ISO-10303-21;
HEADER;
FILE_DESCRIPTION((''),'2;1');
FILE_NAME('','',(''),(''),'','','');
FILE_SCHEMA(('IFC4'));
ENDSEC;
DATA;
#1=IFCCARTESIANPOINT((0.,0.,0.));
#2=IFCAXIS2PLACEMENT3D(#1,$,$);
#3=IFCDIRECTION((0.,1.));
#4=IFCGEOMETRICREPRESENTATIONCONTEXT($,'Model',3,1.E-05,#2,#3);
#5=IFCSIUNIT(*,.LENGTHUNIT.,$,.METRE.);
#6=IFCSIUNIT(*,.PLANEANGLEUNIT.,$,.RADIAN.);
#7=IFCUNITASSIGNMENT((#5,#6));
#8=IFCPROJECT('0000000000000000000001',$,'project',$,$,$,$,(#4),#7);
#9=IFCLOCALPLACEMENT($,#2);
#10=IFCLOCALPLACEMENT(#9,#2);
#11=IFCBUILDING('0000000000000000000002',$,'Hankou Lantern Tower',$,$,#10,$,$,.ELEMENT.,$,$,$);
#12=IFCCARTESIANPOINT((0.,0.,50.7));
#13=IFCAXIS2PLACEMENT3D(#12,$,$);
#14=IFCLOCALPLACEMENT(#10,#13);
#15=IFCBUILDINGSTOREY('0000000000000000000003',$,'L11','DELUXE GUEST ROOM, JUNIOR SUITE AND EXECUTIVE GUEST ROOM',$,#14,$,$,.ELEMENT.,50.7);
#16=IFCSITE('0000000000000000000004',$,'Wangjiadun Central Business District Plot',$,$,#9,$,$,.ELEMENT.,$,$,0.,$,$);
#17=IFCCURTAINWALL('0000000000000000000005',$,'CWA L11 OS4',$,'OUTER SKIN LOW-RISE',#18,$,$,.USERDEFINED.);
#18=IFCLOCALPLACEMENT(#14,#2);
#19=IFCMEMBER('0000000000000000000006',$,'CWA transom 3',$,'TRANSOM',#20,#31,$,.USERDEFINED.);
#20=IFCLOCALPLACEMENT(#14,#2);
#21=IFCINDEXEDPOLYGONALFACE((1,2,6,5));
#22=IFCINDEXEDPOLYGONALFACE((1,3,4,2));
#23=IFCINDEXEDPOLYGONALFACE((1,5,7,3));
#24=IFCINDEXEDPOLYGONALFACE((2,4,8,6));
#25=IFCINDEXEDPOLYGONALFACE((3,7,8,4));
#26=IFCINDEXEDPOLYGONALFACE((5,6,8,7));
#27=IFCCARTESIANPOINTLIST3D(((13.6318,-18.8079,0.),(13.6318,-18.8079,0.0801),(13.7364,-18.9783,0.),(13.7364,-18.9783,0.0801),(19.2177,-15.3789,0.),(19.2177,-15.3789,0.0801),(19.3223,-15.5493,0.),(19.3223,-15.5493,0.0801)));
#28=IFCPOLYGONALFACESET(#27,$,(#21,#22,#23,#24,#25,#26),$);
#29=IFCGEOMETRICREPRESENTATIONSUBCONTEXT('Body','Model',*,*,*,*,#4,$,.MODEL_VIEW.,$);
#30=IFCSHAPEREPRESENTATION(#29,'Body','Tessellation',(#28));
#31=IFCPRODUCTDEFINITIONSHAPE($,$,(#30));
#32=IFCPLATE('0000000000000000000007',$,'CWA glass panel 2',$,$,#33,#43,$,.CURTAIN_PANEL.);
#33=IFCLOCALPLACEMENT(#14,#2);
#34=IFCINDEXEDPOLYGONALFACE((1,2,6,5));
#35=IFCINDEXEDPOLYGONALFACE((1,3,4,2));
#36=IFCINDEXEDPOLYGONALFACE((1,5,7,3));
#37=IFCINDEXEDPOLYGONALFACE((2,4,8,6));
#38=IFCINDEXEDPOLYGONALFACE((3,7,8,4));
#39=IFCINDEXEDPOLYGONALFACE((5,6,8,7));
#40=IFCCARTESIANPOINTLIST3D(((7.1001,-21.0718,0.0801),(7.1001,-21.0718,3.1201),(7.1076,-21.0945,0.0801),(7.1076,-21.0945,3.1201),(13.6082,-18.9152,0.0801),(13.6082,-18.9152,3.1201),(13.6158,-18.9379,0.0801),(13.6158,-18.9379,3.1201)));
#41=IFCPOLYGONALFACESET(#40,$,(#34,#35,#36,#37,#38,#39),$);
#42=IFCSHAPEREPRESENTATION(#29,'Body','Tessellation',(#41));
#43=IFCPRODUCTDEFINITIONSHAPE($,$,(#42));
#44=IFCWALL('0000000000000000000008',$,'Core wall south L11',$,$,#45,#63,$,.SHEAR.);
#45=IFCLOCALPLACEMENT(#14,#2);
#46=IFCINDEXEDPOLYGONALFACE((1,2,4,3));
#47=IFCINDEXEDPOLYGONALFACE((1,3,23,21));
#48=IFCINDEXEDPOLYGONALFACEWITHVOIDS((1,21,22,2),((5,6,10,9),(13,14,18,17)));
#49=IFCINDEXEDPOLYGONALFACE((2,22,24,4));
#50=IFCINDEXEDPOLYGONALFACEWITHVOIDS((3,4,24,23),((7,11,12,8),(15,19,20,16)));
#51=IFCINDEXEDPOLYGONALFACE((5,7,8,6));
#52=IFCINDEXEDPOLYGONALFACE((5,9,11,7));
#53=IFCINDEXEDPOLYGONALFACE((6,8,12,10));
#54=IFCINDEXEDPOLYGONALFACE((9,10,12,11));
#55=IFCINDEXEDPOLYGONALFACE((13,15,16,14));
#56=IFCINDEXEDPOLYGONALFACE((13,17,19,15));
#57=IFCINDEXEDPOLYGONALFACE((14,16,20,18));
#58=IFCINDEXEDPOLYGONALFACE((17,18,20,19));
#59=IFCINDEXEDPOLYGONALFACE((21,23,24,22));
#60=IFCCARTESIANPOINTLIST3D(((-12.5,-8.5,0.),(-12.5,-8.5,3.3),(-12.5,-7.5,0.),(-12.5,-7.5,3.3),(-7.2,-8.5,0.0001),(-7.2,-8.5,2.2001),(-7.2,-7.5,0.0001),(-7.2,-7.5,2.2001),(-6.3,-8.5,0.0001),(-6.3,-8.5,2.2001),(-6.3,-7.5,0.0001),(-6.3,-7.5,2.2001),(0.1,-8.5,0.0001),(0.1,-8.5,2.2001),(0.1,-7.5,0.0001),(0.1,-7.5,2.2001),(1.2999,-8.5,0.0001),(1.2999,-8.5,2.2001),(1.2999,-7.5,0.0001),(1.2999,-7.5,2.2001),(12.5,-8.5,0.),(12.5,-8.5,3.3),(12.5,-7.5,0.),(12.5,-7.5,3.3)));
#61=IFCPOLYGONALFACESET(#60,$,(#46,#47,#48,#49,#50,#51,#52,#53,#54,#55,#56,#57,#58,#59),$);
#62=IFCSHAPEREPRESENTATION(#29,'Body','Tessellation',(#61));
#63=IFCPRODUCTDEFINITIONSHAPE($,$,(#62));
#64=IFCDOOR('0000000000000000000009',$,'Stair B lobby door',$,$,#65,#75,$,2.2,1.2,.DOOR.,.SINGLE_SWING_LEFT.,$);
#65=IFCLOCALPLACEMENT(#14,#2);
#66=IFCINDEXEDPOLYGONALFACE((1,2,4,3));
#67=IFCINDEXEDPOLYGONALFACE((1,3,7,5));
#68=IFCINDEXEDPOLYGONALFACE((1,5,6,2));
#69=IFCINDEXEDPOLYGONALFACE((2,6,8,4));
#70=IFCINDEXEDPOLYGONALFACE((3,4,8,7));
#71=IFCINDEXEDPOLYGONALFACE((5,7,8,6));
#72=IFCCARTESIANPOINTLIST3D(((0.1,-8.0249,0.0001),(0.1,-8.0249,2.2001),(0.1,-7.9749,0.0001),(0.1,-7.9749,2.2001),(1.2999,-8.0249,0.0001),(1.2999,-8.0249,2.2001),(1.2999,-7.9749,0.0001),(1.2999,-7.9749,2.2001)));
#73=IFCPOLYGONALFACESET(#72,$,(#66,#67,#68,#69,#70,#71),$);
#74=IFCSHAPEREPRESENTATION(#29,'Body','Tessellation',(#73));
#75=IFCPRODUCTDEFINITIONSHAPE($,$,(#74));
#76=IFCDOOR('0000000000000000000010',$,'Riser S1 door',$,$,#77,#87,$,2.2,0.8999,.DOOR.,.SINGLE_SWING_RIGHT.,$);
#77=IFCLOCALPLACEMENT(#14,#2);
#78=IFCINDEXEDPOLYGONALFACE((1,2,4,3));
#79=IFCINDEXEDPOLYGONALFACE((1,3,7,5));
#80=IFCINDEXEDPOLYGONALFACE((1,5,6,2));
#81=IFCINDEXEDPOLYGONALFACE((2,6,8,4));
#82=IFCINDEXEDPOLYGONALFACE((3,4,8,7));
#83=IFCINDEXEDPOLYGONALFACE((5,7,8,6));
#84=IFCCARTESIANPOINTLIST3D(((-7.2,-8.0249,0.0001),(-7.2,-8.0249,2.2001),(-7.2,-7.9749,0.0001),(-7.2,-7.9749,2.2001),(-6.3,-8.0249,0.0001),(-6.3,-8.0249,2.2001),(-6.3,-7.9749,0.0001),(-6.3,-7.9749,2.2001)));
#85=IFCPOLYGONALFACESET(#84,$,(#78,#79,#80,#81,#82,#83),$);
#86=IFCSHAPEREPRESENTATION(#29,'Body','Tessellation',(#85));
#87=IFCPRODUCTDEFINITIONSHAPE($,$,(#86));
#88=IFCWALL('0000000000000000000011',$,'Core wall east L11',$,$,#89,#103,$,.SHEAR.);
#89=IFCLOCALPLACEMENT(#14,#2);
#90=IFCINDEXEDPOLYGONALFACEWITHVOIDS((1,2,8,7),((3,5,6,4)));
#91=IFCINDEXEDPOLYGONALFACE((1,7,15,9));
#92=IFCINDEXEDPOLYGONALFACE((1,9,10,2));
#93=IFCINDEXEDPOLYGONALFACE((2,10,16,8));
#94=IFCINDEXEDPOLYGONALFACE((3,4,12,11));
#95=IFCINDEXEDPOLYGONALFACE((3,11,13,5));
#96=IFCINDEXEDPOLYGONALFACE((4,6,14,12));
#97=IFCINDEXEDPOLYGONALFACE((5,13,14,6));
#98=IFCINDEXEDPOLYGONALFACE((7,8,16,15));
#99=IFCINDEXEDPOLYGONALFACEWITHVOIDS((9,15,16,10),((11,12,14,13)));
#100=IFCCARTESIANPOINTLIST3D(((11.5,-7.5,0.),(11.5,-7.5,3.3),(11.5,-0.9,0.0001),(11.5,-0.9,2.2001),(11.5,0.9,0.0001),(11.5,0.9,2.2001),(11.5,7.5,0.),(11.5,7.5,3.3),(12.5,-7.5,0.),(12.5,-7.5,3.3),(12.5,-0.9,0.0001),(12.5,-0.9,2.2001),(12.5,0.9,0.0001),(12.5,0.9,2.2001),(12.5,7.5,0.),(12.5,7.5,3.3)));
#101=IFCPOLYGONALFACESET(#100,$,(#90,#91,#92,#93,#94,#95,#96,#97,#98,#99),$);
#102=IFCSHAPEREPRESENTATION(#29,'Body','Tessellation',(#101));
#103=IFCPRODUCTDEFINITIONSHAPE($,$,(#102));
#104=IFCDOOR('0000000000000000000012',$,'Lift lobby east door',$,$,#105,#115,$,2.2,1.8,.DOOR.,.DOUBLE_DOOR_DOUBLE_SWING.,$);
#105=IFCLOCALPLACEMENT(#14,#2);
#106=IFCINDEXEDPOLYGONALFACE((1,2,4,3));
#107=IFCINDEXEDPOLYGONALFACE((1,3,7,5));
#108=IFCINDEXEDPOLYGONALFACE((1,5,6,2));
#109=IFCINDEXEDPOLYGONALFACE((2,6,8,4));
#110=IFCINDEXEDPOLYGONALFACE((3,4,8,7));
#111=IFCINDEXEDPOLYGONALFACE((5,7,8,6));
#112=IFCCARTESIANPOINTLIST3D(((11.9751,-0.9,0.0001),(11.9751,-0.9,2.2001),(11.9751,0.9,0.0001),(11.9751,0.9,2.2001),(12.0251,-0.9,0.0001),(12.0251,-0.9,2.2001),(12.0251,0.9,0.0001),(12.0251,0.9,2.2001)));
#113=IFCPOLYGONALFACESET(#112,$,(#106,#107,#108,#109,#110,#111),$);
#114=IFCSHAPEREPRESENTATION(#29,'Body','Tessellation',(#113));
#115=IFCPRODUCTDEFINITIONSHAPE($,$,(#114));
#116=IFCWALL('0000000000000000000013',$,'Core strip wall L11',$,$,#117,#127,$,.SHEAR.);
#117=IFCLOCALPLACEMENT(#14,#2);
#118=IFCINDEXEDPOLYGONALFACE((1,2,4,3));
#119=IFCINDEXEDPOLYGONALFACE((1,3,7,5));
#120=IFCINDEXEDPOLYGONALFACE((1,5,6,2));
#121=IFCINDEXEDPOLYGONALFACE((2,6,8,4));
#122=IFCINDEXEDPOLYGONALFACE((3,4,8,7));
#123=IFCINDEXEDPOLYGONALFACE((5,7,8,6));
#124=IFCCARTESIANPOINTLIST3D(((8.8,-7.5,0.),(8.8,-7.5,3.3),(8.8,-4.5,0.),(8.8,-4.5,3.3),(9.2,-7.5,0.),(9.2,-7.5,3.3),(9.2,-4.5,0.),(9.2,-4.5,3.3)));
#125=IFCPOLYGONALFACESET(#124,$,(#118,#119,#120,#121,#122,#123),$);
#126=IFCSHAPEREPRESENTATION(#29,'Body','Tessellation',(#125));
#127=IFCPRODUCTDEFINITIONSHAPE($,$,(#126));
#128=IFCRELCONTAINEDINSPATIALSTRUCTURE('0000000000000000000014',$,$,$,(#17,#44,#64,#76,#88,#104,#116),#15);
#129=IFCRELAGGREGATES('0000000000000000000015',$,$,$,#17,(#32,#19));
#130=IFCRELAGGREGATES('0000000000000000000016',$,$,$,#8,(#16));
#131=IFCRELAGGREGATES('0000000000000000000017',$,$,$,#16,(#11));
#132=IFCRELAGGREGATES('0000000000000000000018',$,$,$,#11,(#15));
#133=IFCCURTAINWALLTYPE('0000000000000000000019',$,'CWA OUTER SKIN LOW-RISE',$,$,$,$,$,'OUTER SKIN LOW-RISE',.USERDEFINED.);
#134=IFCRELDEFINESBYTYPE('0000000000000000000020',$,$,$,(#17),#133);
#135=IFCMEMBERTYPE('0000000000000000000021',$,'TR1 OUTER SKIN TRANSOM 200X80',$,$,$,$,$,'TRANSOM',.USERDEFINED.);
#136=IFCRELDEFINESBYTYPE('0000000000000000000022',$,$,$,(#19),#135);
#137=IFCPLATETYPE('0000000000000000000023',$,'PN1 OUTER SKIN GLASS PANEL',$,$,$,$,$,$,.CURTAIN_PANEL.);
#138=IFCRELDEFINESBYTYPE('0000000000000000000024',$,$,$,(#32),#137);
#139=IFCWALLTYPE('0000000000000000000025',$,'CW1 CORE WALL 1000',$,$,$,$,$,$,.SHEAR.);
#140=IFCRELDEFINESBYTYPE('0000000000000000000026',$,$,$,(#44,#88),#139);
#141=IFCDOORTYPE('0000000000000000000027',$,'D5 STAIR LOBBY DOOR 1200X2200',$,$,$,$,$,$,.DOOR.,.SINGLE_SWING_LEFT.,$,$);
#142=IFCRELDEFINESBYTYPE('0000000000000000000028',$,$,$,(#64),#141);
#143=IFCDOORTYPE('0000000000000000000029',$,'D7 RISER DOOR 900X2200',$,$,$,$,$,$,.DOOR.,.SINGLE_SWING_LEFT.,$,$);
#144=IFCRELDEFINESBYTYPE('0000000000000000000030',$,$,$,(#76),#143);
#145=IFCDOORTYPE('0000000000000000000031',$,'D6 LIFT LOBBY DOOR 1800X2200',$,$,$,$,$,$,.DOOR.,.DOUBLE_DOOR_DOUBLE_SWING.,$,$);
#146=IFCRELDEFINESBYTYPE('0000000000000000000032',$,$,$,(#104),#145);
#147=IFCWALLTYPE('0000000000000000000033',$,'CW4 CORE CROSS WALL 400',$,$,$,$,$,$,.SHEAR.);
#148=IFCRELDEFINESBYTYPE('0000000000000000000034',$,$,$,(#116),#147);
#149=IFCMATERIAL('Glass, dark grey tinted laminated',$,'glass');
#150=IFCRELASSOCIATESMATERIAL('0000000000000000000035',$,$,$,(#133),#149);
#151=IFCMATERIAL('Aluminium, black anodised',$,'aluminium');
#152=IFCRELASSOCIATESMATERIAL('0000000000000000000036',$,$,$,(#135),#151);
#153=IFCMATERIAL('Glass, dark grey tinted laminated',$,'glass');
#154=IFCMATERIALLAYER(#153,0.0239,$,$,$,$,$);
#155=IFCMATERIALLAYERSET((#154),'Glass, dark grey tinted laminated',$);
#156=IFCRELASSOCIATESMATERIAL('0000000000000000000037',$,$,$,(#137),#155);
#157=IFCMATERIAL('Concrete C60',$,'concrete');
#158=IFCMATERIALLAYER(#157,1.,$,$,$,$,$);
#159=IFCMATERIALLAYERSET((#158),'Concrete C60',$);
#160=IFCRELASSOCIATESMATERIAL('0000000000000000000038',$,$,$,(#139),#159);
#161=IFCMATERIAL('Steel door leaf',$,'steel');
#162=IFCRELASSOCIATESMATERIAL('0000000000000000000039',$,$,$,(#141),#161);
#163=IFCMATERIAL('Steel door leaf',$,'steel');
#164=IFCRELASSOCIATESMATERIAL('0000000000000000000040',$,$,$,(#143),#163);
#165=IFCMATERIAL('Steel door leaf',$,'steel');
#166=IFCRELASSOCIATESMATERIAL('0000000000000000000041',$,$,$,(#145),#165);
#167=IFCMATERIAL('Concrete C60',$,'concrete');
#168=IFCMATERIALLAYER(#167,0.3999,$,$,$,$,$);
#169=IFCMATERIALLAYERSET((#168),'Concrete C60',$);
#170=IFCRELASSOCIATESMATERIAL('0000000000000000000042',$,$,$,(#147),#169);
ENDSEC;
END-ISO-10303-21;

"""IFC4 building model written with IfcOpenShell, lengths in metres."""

from ifc_helpers import new_model, si_unit, direction, frame, frame_2d, origin, origin_2d, place, context, subcontext, project, spatial, rectangle, extrude, material, layer, layer_set, material_profile, profile_set, type_object, element, fill, aggregate, save


model = new_model("IFC4")

# Units and contexts
model_context = context("Model", 3, precision=1e-05, world=origin(), true_north=direction((0.0, 1.0)))
body_context = subcontext(model_context, "Body", "Model", "MODEL_VIEW")
ifc_project = project(units=[si_unit("LENGTHUNIT", "METRE"), si_unit("PLANEANGLEUNIT", "RADIAN")], contexts=[model_context])

# Site, building, storey
site_placement = place(None, origin())
site = spatial("IfcSite", under=ifc_project, at=site_placement, Name="Wangjiadun Central Business District Plot", CompositionType="ELEMENT", RefElevation=0.0)
building_placement = place(site_placement, origin())
building = spatial("IfcBuilding", under=site, at=building_placement, Name="Hankou Lantern Tower", CompositionType="ELEMENT")
storey_placement = place(building_placement, frame((0.0, 0.0, 50.7)))
storey = spatial("IfcBuildingStorey", under=building, at=storey_placement, Name="L11", Description="DELUXE GUEST ROOM, JUNIOR SUITE AND EXECUTIVE GUEST ROOM", CompositionType="ELEMENT", Elevation=50.7)

# Curtain wall
ifc_material_1 = material(Name="Glass, dark grey tinted laminated", Category="glass")
curtain_wall_type = type_object("IfcCurtainWallType", Name="CWA OUTER SKIN LOW-RISE", ElementType="OUTER SKIN LOW-RISE", PredefinedType="USERDEFINED", material=ifc_material_1)
curtain_wall_placement = place(storey_placement, origin())
curtain_wall = element("IfcCurtainWall", 1, at=curtain_wall_placement, inside=storey, type_object=curtain_wall_type, Name="CWA L11 OS4", ObjectType="OUTER SKIN LOW-RISE", PredefinedType="USERDEFINED")

# Member
ifc_material_2 = material(Name="Aluminium, black anodised", Category="aluminium")
ifc_material_profile_1 = material_profile(ifc_material_2, rectangle(XDim=0.2, YDim=0.0801, at=origin_2d()), Name="TR1 200X80")
ifc_profile_set_1 = profile_set([ifc_material_profile_1], Name="Aluminium, black anodised")
member_type_1 = type_object("IfcMemberType", Name="TR1 OUTER SKIN TRANSOM 200X80", ElementType="TRANSOM", PredefinedType="USERDEFINED", material=ifc_profile_set_1)
member_1_placement = place(storey_placement, frame((13.6841, -18.8931, 0.04), z_axis=(0.85224, 0.523152, 0.0), x_axis=(-0.523152, 0.85224, 0.0)))
member_1 = element("IfcMember", 2, at=member_1_placement, type_object=member_type_1, Name="CWA transom 3", ObjectType="TRANSOM", PredefinedType="USERDEFINED", context=body_context, shape_type="SweptSolid", body=[
    extrude(rectangle(XDim=0.2, YDim=0.0801, at=origin_2d()), origin(), (0.0, 0.0, 1.0), 6.5544),
])

# Plate
ifc_material_3 = material(Name="Glass, dark grey tinted laminated", Category="glass")
ifc_layer_1 = layer(ifc_material_3, 0.0239)
ifc_layer_set_1 = layer_set([ifc_layer_1], Name="Glass, dark grey tinted laminated")
plate_type = type_object("IfcPlateType", Name="PN1 OUTER SKIN GLASS PANEL", PredefinedType="CURTAIN_PANEL", material=ifc_layer_set_1)
plate_placement = place(storey_placement, frame((10.3579, -20.0049, 0.0801), z_axis=(0.0, 0.0, 1.0), x_axis=(0.949241, 0.314551, 0.0)))
plate = element("IfcPlate", 3, at=plate_placement, type_object=plate_type, Name="CWA glass panel 2", PredefinedType="CURTAIN_PANEL", context=body_context, shape_type="SweptSolid", body=[
    extrude(rectangle(XDim=6.8562, YDim=0.0239, at=origin_2d()), origin(), (0.0, 0.0, 1.0), 3.04),
])
aggregate(curtain_wall, [plate, member_1])

# Wall, openings, doors
ifc_material_4 = material(Name="Concrete C60", Category="concrete")
ifc_layer_2 = layer(ifc_material_4, 1.0)
ifc_layer_set_2 = layer_set([ifc_layer_2], Name="Concrete C60")
wall_type_1 = type_object("IfcWallType", Name="CW1 CORE WALL 1000", PredefinedType="SHEAR", material=ifc_layer_set_2)
wall_1_placement = place(storey_placement, frame((12.5, -8.0, 0.0), z_axis=(0.0, 0.0, 1.0), x_axis=(-1.0, 0.0, 0.0)))
wall_1 = element("IfcWall", 4, at=wall_1_placement, inside=storey, type_object=wall_type_1, Name="Core wall south L11", PredefinedType="SHEAR", context=body_context, shape_type="SweptSolid", body=[
    extrude(rectangle(XDim=25.0, YDim=1.0, at=frame_2d((12.5, 0.0))), origin(), (0.0, 0.0, 1.0), 3.3),
])
opening_1_placement = place(wall_1_placement, frame((11.2, 0.0, 0.0)))
opening_1 = element("IfcOpeningElement", 5, at=opening_1_placement, cuts=wall_1, PredefinedType="OPENING", context=body_context, shape_type="SweptSolid", body=[
    extrude(rectangle(XDim=1.2, YDim=2.2, at=frame_2d((0.6001, 1.1001))), frame((0.0, 0.51, 0.0), z_axis=(0.0, -1.0, 0.0), x_axis=(1.0, 0.0, 0.0)), (0.0, 0.0, 1.0), 1.02),
])
opening_2_placement = place(wall_1_placement, frame((18.8, 0.0, 0.0)))
opening_2 = element("IfcOpeningElement", 6, at=opening_2_placement, cuts=wall_1, PredefinedType="OPENING", context=body_context, shape_type="SweptSolid", body=[
    extrude(rectangle(XDim=0.8999, YDim=2.2, at=frame_2d((0.45, 1.1001))), frame((0.0, 0.51, 0.0), z_axis=(0.0, -1.0, 0.0), x_axis=(1.0, 0.0, 0.0)), (0.0, 0.0, 1.0), 1.02),
])
ifc_material_5 = material(Name="Steel door leaf", Category="steel")
door_type_1 = type_object("IfcDoorType", Name="D5 STAIR LOBBY DOOR 1200X2200", OperationType="SINGLE_SWING_LEFT", PredefinedType="DOOR", material=ifc_material_5)
door_1_placement = place(opening_1_placement, origin())
door_1 = element("IfcDoor", 7, at=door_1_placement, inside=storey, type_object=door_type_1, Name="Stair B lobby door", OperationType="SINGLE_SWING_LEFT", OverallHeight=2.2, OverallWidth=1.2, PredefinedType="DOOR", context=body_context, shape_type="SweptSolid", body=[
    extrude(rectangle(XDim=1.2, YDim=2.2, at=frame_2d((0.6001, 1.1001))), frame((0.0, 0.0249, 0.0), z_axis=(0.0, -1.0, 0.0), x_axis=(1.0, 0.0, 0.0)), (0.0, 0.0, 1.0), 0.05),
])
fill(opening_1, door_1)
ifc_material_6 = material(Name="Steel door leaf", Category="steel")
door_type_2 = type_object("IfcDoorType", Name="D7 RISER DOOR 900X2200", OperationType="SINGLE_SWING_LEFT", PredefinedType="DOOR", material=ifc_material_6)
door_2_placement = place(opening_2_placement, origin())
door_2 = element("IfcDoor", 8, at=door_2_placement, inside=storey, type_object=door_type_2, Name="Riser S1 door", OperationType="SINGLE_SWING_RIGHT", OverallHeight=2.2, OverallWidth=0.8999, PredefinedType="DOOR", context=body_context, shape_type="SweptSolid", body=[
    extrude(rectangle(XDim=0.8999, YDim=2.2, at=frame_2d((0.45, 1.1001))), frame((0.0, 0.0249, 0.0), z_axis=(0.0, -1.0, 0.0), x_axis=(1.0, 0.0, 0.0)), (0.0, 0.0, 1.0), 0.05),
])
fill(opening_2, door_2)

# Wall, opening, door
wall_2_placement = place(storey_placement, frame((12.0, -7.5, 0.0), z_axis=(0.0, 0.0, 1.0), x_axis=(0.0, 1.0, 0.0)))
wall_2 = element("IfcWall", 9, at=wall_2_placement, inside=storey, type_object=wall_type_1, Name="Core wall east L11", PredefinedType="SHEAR", context=body_context, shape_type="SweptSolid", body=[
    extrude(rectangle(XDim=15.0, YDim=1.0, at=frame_2d((7.5, 0.0))), origin(), (0.0, 0.0, 1.0), 3.3),
])
opening_3_placement = place(wall_2_placement, frame((6.6001, 0.0, 0.0)))
opening_3 = element("IfcOpeningElement", 10, at=opening_3_placement, cuts=wall_2, PredefinedType="OPENING", context=body_context, shape_type="SweptSolid", body=[
    extrude(rectangle(XDim=1.8, YDim=2.2, at=frame_2d((0.8999, 1.1001))), frame((0.0, 0.51, 0.0), z_axis=(0.0, -1.0, 0.0), x_axis=(1.0, 0.0, 0.0)), (0.0, 0.0, 1.0), 1.02),
])
ifc_material_7 = material(Name="Steel door leaf", Category="steel")
door_type_3 = type_object("IfcDoorType", Name="D6 LIFT LOBBY DOOR 1800X2200", OperationType="DOUBLE_DOOR_DOUBLE_SWING", PredefinedType="DOOR", material=ifc_material_7)
door_3_placement = place(opening_3_placement, origin())
door_3 = element("IfcDoor", 11, at=door_3_placement, inside=storey, type_object=door_type_3, Name="Lift lobby east door", OperationType="DOUBLE_DOOR_DOUBLE_SWING", OverallHeight=2.2, OverallWidth=1.8, PredefinedType="DOOR", context=body_context, shape_type="SweptSolid", body=[
    extrude(rectangle(XDim=1.8, YDim=2.2, at=frame_2d((0.8999, 1.1001))), frame((0.0, 0.0249, 0.0), z_axis=(0.0, -1.0, 0.0), x_axis=(1.0, 0.0, 0.0)), (0.0, 0.0, 1.0), 0.05),
])
fill(opening_3, door_3)

# Wall
ifc_material_8 = material(Name="Concrete C60", Category="concrete")
ifc_layer_3 = layer(ifc_material_8, 0.3999)
ifc_layer_set_3 = layer_set([ifc_layer_3], Name="Concrete C60")
wall_type_2 = type_object("IfcWallType", Name="CW4 CORE CROSS WALL 400", PredefinedType="SHEAR", material=ifc_layer_set_3)
wall_3_placement = place(storey_placement, frame((9.0, -7.5, 0.0), z_axis=(0.0, 0.0, 1.0), x_axis=(0.0, 1.0, 0.0)))
element("IfcWall", 12, at=wall_3_placement, inside=storey, type_object=wall_type_2, Name="Core strip wall L11", PredefinedType="SHEAR", context=body_context, shape_type="SweptSolid", body=[
    extrude(rectangle(XDim=3.0, YDim=0.3999, at=frame_2d((1.5, 0.0))), origin(), (0.0, 0.0, 1.0), 3.3),
])

save(model, "model.ifc")
